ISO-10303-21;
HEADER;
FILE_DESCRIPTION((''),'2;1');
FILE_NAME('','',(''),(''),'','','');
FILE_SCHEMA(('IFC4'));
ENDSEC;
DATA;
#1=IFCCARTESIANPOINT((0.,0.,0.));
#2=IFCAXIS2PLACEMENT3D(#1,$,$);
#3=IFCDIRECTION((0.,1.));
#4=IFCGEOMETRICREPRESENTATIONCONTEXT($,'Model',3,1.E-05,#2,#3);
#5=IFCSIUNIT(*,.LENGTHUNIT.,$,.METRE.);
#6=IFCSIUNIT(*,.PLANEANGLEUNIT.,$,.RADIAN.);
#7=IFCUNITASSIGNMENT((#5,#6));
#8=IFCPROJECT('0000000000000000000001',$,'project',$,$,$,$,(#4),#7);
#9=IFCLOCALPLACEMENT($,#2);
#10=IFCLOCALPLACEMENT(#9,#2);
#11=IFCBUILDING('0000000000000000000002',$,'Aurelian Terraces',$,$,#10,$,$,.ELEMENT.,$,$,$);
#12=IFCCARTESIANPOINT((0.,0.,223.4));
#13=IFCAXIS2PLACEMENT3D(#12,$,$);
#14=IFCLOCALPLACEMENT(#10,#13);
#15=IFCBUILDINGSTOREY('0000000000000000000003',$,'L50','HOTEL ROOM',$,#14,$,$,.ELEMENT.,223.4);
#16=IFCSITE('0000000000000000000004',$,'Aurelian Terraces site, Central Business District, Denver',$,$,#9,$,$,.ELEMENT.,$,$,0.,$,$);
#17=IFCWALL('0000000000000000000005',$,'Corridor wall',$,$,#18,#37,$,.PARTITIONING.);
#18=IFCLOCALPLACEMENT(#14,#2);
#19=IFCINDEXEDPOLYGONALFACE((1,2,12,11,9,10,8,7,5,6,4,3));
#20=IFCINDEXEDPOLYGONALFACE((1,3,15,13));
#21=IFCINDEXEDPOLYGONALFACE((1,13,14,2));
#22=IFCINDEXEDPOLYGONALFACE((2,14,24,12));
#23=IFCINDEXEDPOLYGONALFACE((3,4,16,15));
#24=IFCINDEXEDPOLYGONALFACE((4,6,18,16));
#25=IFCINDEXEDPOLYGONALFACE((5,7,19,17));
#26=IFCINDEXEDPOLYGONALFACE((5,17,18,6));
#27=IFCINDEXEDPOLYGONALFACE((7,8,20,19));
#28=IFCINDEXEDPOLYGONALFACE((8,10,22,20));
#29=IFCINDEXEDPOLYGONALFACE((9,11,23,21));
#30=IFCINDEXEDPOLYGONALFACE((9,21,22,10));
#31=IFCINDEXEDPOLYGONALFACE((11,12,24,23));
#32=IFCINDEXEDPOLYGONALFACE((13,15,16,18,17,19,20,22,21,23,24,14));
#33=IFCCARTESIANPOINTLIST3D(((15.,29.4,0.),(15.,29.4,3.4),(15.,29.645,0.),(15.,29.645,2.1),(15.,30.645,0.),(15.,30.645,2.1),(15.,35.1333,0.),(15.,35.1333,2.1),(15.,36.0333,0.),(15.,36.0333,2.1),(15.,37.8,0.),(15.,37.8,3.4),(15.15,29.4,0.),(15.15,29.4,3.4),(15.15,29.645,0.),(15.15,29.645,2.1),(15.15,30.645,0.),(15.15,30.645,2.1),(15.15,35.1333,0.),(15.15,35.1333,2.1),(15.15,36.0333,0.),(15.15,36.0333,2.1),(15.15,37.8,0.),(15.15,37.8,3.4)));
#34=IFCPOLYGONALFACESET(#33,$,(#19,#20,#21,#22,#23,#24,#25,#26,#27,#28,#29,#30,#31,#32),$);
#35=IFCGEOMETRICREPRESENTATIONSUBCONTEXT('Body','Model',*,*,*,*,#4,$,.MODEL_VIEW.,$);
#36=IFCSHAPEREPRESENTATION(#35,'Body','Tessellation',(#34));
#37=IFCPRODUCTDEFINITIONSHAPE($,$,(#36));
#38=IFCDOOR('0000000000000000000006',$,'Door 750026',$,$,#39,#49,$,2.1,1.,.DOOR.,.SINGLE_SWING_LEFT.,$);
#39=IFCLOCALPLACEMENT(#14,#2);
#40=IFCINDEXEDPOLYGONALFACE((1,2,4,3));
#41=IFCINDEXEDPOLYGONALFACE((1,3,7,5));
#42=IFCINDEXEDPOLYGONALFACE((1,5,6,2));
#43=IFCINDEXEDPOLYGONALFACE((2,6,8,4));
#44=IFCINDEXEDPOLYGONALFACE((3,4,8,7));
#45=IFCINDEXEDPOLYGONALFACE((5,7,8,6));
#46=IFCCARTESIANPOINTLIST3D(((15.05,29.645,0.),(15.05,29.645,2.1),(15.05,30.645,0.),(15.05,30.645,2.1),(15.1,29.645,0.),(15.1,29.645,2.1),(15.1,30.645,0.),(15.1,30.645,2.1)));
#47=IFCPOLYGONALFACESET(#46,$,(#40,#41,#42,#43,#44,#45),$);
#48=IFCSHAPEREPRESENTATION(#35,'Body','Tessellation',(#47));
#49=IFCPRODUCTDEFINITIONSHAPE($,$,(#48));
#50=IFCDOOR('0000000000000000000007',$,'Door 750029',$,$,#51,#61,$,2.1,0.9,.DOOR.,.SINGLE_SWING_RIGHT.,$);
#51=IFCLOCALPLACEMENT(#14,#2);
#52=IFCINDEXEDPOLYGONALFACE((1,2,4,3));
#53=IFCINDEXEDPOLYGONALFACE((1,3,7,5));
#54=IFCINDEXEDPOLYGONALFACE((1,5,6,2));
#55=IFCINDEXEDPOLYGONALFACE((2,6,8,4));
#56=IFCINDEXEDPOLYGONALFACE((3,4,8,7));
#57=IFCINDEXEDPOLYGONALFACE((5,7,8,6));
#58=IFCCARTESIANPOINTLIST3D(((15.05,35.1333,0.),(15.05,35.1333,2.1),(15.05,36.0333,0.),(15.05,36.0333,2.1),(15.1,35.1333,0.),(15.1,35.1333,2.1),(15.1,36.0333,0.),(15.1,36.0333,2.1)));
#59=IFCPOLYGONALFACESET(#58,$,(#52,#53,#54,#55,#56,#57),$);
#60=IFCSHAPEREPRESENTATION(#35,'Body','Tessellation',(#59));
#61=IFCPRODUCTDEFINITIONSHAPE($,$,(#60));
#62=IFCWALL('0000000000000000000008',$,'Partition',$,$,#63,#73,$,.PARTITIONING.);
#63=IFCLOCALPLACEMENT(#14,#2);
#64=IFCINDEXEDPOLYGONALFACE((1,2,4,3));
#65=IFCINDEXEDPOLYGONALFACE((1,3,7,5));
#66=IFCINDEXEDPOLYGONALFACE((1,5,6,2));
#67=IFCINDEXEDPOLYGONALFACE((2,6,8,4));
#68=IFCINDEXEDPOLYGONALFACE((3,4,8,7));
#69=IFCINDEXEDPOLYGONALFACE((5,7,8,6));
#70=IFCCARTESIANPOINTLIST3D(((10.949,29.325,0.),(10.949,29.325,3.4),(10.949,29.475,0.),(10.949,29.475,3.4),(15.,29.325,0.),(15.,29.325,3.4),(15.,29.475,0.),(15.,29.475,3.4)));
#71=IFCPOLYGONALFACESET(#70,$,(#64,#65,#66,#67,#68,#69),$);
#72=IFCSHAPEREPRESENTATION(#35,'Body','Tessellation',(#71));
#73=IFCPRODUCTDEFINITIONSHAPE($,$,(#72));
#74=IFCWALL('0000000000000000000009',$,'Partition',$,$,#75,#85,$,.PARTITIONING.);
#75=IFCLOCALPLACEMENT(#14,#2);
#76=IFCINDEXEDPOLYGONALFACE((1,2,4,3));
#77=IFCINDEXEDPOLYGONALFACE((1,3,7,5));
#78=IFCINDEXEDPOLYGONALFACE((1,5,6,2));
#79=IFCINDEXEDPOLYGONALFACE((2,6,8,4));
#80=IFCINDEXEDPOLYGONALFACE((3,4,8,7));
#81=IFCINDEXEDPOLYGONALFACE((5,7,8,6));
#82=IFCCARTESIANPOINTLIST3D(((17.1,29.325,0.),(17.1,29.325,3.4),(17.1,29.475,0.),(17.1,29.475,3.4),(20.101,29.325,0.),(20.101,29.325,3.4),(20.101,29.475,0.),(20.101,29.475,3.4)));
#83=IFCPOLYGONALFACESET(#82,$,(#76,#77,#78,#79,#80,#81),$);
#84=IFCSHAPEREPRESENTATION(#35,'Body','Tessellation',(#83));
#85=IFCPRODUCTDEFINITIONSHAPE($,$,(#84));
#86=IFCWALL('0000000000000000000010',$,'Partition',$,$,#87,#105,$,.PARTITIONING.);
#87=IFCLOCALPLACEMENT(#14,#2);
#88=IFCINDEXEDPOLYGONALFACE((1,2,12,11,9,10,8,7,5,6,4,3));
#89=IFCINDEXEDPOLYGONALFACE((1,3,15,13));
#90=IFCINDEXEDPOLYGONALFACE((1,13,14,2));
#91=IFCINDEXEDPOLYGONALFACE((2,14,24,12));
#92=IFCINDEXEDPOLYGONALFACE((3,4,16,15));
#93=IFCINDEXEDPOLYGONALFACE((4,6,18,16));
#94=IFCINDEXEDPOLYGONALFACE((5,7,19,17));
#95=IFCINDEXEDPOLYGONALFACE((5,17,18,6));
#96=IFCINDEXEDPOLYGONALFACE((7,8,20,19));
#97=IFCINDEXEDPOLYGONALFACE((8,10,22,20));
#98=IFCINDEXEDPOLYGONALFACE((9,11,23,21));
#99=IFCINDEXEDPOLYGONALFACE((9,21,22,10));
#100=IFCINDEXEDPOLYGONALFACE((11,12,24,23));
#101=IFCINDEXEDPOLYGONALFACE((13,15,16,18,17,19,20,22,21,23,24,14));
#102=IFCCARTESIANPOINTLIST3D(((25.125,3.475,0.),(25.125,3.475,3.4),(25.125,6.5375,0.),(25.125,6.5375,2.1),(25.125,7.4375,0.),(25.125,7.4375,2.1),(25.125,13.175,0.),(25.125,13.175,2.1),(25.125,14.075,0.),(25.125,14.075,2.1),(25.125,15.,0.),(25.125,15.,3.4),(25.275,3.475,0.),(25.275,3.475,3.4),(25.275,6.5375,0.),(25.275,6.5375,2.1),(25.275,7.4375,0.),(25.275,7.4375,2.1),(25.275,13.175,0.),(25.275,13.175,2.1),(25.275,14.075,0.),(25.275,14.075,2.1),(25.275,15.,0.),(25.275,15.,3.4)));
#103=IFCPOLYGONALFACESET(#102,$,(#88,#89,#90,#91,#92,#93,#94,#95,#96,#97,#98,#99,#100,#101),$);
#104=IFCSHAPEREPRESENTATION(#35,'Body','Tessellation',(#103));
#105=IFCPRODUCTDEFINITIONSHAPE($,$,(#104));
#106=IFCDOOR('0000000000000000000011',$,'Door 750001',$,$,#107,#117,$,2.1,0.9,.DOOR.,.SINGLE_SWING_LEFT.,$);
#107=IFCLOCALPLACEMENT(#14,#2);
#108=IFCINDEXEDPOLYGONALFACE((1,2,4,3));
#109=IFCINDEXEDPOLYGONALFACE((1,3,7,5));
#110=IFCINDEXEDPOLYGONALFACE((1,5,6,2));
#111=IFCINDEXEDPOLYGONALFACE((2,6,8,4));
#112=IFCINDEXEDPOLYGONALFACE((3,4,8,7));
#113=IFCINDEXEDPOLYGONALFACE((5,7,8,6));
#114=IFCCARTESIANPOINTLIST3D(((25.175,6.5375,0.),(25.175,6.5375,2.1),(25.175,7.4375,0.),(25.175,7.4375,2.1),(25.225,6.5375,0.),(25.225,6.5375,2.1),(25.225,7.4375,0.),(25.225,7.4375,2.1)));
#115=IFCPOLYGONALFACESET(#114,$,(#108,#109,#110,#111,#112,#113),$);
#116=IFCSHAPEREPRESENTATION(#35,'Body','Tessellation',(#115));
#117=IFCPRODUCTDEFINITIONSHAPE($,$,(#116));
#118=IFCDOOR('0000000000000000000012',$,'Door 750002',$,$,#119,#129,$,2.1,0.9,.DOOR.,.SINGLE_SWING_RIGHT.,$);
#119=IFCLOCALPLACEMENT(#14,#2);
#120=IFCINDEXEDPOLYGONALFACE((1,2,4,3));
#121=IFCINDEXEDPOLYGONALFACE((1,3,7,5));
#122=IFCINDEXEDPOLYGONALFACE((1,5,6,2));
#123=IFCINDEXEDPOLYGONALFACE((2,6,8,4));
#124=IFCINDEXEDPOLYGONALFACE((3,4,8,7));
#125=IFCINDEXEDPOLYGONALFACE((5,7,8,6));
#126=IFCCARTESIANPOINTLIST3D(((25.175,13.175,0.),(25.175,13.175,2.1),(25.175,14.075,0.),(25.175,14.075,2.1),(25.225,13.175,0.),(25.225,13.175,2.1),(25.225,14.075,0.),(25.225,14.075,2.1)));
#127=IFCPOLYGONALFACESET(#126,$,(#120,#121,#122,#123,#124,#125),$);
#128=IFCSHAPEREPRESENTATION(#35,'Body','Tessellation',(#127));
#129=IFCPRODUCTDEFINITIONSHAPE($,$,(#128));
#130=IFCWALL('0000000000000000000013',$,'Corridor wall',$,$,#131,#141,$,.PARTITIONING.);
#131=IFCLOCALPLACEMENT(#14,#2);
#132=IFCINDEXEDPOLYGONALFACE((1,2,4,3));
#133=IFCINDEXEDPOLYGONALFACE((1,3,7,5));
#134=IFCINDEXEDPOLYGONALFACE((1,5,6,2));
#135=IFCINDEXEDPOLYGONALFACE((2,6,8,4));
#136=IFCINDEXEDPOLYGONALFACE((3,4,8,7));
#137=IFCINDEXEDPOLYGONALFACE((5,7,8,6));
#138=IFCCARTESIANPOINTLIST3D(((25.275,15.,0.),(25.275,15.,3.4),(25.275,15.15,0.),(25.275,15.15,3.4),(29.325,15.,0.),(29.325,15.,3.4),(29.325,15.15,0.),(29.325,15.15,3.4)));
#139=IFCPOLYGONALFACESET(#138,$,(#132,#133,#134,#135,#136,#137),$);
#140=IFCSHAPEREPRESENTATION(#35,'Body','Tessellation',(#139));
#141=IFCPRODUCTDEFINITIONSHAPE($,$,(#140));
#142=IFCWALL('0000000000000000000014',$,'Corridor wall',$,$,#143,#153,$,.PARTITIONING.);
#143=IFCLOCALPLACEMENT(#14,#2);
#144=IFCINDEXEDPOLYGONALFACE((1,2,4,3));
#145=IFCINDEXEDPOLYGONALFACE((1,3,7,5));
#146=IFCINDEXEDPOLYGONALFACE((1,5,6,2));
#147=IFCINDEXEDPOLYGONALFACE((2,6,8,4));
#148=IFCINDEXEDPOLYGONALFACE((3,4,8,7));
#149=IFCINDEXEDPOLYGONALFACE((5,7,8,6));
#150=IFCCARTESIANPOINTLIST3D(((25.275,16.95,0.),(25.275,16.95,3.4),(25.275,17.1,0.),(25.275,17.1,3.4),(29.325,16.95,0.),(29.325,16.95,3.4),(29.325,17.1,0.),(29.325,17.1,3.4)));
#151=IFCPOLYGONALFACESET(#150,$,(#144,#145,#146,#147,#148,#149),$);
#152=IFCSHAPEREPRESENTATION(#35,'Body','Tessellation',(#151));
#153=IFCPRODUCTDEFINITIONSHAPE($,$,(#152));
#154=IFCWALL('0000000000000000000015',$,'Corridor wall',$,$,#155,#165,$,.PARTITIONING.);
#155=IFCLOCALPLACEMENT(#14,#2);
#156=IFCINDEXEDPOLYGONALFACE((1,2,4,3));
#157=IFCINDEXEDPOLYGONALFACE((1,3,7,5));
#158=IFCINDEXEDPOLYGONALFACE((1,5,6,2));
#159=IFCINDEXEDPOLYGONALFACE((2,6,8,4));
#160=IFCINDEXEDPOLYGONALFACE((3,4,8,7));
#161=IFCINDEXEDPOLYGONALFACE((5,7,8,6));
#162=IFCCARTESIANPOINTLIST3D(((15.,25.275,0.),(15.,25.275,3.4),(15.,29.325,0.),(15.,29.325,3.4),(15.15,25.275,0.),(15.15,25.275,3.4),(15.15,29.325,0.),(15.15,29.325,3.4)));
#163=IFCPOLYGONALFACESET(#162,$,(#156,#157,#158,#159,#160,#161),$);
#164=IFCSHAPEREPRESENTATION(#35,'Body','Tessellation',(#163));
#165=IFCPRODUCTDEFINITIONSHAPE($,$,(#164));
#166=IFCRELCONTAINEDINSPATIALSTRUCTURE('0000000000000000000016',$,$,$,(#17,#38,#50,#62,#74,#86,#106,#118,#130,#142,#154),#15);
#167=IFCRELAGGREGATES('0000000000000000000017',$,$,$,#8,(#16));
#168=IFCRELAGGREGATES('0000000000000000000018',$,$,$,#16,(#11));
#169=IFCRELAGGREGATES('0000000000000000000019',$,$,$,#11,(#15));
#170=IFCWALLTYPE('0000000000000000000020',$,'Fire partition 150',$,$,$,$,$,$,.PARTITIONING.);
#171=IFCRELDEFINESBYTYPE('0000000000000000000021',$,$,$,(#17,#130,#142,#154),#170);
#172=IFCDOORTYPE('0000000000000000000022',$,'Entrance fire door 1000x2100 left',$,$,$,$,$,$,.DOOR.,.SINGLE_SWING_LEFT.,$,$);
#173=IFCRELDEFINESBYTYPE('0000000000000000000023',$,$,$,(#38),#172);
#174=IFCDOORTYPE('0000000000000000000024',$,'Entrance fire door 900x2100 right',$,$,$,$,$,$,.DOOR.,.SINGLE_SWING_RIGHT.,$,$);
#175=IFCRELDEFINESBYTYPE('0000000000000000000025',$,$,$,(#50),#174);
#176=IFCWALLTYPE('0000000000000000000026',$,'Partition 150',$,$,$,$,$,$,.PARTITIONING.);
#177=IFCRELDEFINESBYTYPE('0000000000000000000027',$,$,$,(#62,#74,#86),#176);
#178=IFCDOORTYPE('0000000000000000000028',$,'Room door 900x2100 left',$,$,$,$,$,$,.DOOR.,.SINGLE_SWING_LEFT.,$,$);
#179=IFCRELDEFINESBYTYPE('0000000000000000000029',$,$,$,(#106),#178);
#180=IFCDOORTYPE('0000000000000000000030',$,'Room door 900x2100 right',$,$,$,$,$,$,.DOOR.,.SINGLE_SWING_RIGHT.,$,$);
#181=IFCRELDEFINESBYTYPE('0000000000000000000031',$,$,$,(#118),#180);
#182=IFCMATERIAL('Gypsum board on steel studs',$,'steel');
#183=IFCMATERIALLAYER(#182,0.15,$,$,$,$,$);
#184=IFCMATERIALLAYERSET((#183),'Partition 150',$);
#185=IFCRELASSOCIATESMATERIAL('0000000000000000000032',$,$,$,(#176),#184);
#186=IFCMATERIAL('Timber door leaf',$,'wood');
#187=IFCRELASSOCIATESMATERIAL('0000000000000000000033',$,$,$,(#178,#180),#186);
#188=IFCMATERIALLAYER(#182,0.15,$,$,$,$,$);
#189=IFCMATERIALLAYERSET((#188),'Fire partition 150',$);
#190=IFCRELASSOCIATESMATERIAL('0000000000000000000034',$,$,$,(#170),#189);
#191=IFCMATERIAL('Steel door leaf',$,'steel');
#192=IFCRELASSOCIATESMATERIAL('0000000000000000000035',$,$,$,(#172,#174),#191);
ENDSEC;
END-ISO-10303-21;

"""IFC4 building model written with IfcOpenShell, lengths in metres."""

from ifc_helpers import new_model, si_unit, direction, frame, frame_2d, origin, place, context, subcontext, project, spatial, rectangle, extrude, source, transform, mapped, material, layer, layer_set, type_object, element, fill, save


model = new_model("IFC4")

# Units and contexts
model_context = context("Model", 3, precision=1e-05, world=origin(), true_north=direction((0.0, 1.0)))
body_context = subcontext(model_context, "Body", "Model", "MODEL_VIEW")
ifc_project = project(units=[si_unit("LENGTHUNIT", "METRE"), si_unit("PLANEANGLEUNIT", "RADIAN")], contexts=[model_context])

# Site, building, storey
site_placement = place(None, origin())
site = spatial("IfcSite", under=ifc_project, at=site_placement, Name="Aurelian Terraces site, Central Business District, Denver", CompositionType="ELEMENT", RefElevation=0.0)
building_placement = place(site_placement, origin())
building = spatial("IfcBuilding", under=site, at=building_placement, Name="Aurelian Terraces", CompositionType="ELEMENT")
storey_placement = place(building_placement, frame((0.0, 0.0, 223.4)))
storey = spatial("IfcBuildingStorey", under=building, at=storey_placement, Name="L50", Description="HOTEL ROOM", CompositionType="ELEMENT", Elevation=223.4)

# Shared definitions
ifc_material_1 = material(Name="Timber door leaf", Category="wood")
shared_shape_1 = source(origin(), body_context, "Body", "SweptSolid", [
    extrude(rectangle(XDim=1.0, YDim=2.1, at=frame_2d((0.5, 1.05))), frame((0.0, 0.025, 0.0), z_axis=(0.0, -1.0, 0.0), x_axis=(1.0, 0.0, 0.0)), (0.0, 0.0, 1.0), 0.05),
])

# Shared definitions
ifc_material_2 = material(Name="Gypsum board on steel studs", Category="steel")

# Shared definitions
ifc_layer_1 = layer(ifc_material_2, 0.15)
ifc_layer_set_1 = layer_set([ifc_layer_1], Name="Partition 150")
wall_type_1 = type_object("IfcWallType", Name="Partition 150", PredefinedType="PARTITIONING", material=ifc_layer_set_1)
shared_shape_2 = source(origin(), body_context, "Body", "SweptSolid", [
    extrude(rectangle(XDim=0.9, YDim=2.1, at=frame_2d((0.45, 1.05))), frame((0.0, 0.085, 0.0), z_axis=(0.0, -1.0, 0.0), x_axis=(1.0, 0.0, 0.0)), (0.0, 0.0, 1.0), 0.17),
])
door_type_1 = type_object("IfcDoorType", Name="Room door 900x2100 left", OperationType="SINGLE_SWING_LEFT", PredefinedType="DOOR", material=ifc_material_1)
shared_shape_3 = source(origin(), body_context, "Body", "SweptSolid", [
    extrude(rectangle(XDim=0.9, YDim=2.1, at=frame_2d((0.45, 1.05))), frame((0.0, 0.025, 0.0), z_axis=(0.0, -1.0, 0.0), x_axis=(1.0, 0.0, 0.0)), (0.0, 0.0, 1.0), 0.05),
])

# Wall, openings, doors
ifc_layer_2 = layer(ifc_material_2, 0.15)
ifc_layer_set_2 = layer_set([ifc_layer_2], Name="Fire partition 150")
wall_type_2 = type_object("IfcWallType", Name="Fire partition 150", PredefinedType="PARTITIONING", material=ifc_layer_set_2)
shared_shape_4 = source(origin(), body_context, "Body", "SweptSolid", [
    extrude(rectangle(XDim=8.4, YDim=0.15, at=frame_2d((4.2, 0.0))), origin(), (0.0, 0.0, 1.0), 3.4),
])
wall_1_placement = place(storey_placement, frame((15.075, 29.4, 0.0), z_axis=(0.0, 0.0, 1.0), x_axis=(0.0, 1.0, 0.0)))
wall_1 = element("IfcWall", 1, at=wall_1_placement, inside=storey, type_object=wall_type_2, Name="Corridor wall", PredefinedType="PARTITIONING", context=body_context, shape_type="MappedRepresentation", body=[
    mapped(shared_shape_4, transform((0.0, 0.0, 0.0), scale=1.0)),
])
shared_shape_5 = source(origin(), body_context, "Body", "SweptSolid", [
    extrude(rectangle(XDim=1.0, YDim=2.1, at=frame_2d((0.5, 1.05))), frame((0.0, 0.085, 0.0), z_axis=(0.0, -1.0, 0.0), x_axis=(1.0, 0.0, 0.0)), (0.0, 0.0, 1.0), 0.17),
])
opening_1_placement = place(wall_1_placement, frame((0.245, 0.0, 0.0)))
opening_1 = element("IfcOpeningElement", 2, at=opening_1_placement, cuts=wall_1, PredefinedType="OPENING", context=body_context, shape_type="MappedRepresentation", body=[
    mapped(shared_shape_5, transform((0.0, 0.0, 0.0), scale=1.0)),
])
opening_2_placement = place(wall_1_placement, frame((5.7333, 0.0, 0.0)))
opening_2 = element("IfcOpeningElement", 3, at=opening_2_placement, cuts=wall_1, PredefinedType="OPENING", context=body_context, shape_type="MappedRepresentation", body=[
    mapped(shared_shape_2, transform((0.0, 0.0, 0.0), scale=1.0)),
])
ifc_material_3 = material(Name="Steel door leaf", Category="steel")
door_type_2 = type_object("IfcDoorType", Name="Entrance fire door 1000x2100 left", OperationType="SINGLE_SWING_LEFT", PredefinedType="DOOR", material=ifc_material_3)
door_1_placement = place(opening_1_placement, origin())
door_1 = element("IfcDoor", 4, at=door_1_placement, inside=storey, type_object=door_type_2, Name="Door 750026", OperationType="SINGLE_SWING_LEFT", OverallHeight=2.1, OverallWidth=1.0, PredefinedType="DOOR", context=body_context, shape_type="MappedRepresentation", body=[
    mapped(shared_shape_1, transform((0.0, 0.0, 0.0), scale=1.0)),
])
fill(opening_1, door_1)
door_type_3 = type_object("IfcDoorType", Name="Entrance fire door 900x2100 right", OperationType="SINGLE_SWING_RIGHT", PredefinedType="DOOR", material=ifc_material_3)
door_2_placement = place(opening_2_placement, origin())
door_2 = element("IfcDoor", 5, at=door_2_placement, inside=storey, type_object=door_type_3, Name="Door 750029", OperationType="SINGLE_SWING_RIGHT", OverallHeight=2.1, OverallWidth=0.9, PredefinedType="DOOR", context=body_context, shape_type="MappedRepresentation", body=[
    mapped(shared_shape_3, transform((0.0, 0.0, 0.0), scale=1.0)),
])
fill(opening_2, door_2)

# Walls
shared_shape_6 = source(origin(), body_context, "Body", "SweptSolid", [
    extrude(rectangle(XDim=4.051, YDim=0.15, at=frame_2d((2.0255, 0.0))), origin(), (0.0, 0.0, 1.0), 3.4),
])
wall_2_placement = place(storey_placement, frame((15.0, 29.4, 0.0), z_axis=(0.0, 0.0, 1.0), x_axis=(-1.0, 0.0, 0.0)))
element("IfcWall", 6, at=wall_2_placement, inside=storey, type_object=wall_type_1, Name="Partition", PredefinedType="PARTITIONING", context=body_context, shape_type="MappedRepresentation", body=[
    mapped(shared_shape_6, transform((0.0, 0.0, 0.0), scale=1.0)),
])
shared_shape_7 = source(origin(), body_context, "Body", "SweptSolid", [
    extrude(rectangle(XDim=3.001, YDim=0.15, at=frame_2d((1.5005, 0.0))), origin(), (0.0, 0.0, 1.0), 3.4),
])
wall_3_placement = place(storey_placement, frame((20.101, 29.4, 0.0), z_axis=(0.0, 0.0, 1.0), x_axis=(-1.0, 0.0, 0.0)))
element("IfcWall", 7, at=wall_3_placement, inside=storey, type_object=wall_type_1, Name="Partition", PredefinedType="PARTITIONING", context=body_context, shape_type="MappedRepresentation", body=[
    mapped(shared_shape_7, transform((0.0, 0.0, 0.0), scale=1.0)),
])

# Wall, openings, doors
shared_shape_8 = source(origin(), body_context, "Body", "SweptSolid", [
    extrude(rectangle(XDim=11.525, YDim=0.15, at=frame_2d((5.7625, 0.0))), origin(), (0.0, 0.0, 1.0), 3.4),
])
wall_4_placement = place(storey_placement, frame((25.2, 15.0, 0.0), z_axis=(0.0, 0.0, 1.0), x_axis=(0.0, -1.0, 0.0)))
wall_4 = element("IfcWall", 8, at=wall_4_placement, inside=storey, type_object=wall_type_1, Name="Partition", PredefinedType="PARTITIONING", context=body_context, shape_type="MappedRepresentation", body=[
    mapped(shared_shape_8, transform((0.0, 0.0, 0.0), scale=1.0)),
])
opening_3_placement = place(wall_4_placement, frame((7.5625, 0.0, 0.0)))
opening_3 = element("IfcOpeningElement", 9, at=opening_3_placement, cuts=wall_4, PredefinedType="OPENING", context=body_context, shape_type="MappedRepresentation", body=[
    mapped(shared_shape_2, transform((0.0, 0.0, 0.0), scale=1.0)),
])
opening_4_placement = place(wall_4_placement, frame((0.925, 0.0, 0.0)))
opening_4 = element("IfcOpeningElement", 10, at=opening_4_placement, cuts=wall_4, PredefinedType="OPENING", context=body_context, shape_type="MappedRepresentation", body=[
    mapped(shared_shape_2, transform((0.0, 0.0, 0.0), scale=1.0)),
])
door_3_placement = place(opening_3_placement, origin())
door_3 = element("IfcDoor", 11, at=door_3_placement, inside=storey, type_object=door_type_1, Name="Door 750001", OperationType="SINGLE_SWING_LEFT", OverallHeight=2.1, OverallWidth=0.9, PredefinedType="DOOR", context=body_context, shape_type="MappedRepresentation", body=[
    mapped(shared_shape_3, transform((0.0, 0.0, 0.0), scale=1.0)),
])
fill(opening_3, door_3)
door_type_4 = type_object("IfcDoorType", Name="Room door 900x2100 right", OperationType="SINGLE_SWING_RIGHT", PredefinedType="DOOR", material=ifc_material_1)
door_4_placement = place(opening_4_placement, origin())
door_4 = element("IfcDoor", 12, at=door_4_placement, inside=storey, type_object=door_type_4, Name="Door 750002", OperationType="SINGLE_SWING_RIGHT", OverallHeight=2.1, OverallWidth=0.9, PredefinedType="DOOR", context=body_context, shape_type="MappedRepresentation", body=[
    mapped(shared_shape_3, transform((0.0, 0.0, 0.0), scale=1.0)),
])
fill(opening_4, door_4)

# Walls
shared_shape_9 = source(origin(), body_context, "Body", "SweptSolid", [
    extrude(rectangle(XDim=4.05, YDim=0.15, at=frame_2d((2.025, 0.0))), origin(), (0.0, 0.0, 1.0), 3.4),
])
for number, where, z_axis, x_axis, name in (
    (13, (29.325, 15.075, 0.0), (0.0, 0.0, 1.0), (-1.0, 0.0, 0.0), "Corridor wall"),
    (14, (25.275, 17.025, 0.0), (0.0, 0.0, 1.0), (1.0, 0.0, 0.0), "Corridor wall"),
    (15, (15.075, 25.275, 0.0), (0.0, 0.0, 1.0), (0.0, 1.0, 0.0), "Corridor wall"),
):
    element("IfcWall", number, at=place(storey_placement, frame(where, z_axis=z_axis, x_axis=x_axis)), inside=storey, type_object=wall_type_2, Name=name, PredefinedType="PARTITIONING", context=body_context, shape_type="MappedRepresentation", body=[
        mapped(shared_shape_9, transform((0.0, 0.0, 0.0), scale=1.0)),
    ])

save(model, "model.ifc")
